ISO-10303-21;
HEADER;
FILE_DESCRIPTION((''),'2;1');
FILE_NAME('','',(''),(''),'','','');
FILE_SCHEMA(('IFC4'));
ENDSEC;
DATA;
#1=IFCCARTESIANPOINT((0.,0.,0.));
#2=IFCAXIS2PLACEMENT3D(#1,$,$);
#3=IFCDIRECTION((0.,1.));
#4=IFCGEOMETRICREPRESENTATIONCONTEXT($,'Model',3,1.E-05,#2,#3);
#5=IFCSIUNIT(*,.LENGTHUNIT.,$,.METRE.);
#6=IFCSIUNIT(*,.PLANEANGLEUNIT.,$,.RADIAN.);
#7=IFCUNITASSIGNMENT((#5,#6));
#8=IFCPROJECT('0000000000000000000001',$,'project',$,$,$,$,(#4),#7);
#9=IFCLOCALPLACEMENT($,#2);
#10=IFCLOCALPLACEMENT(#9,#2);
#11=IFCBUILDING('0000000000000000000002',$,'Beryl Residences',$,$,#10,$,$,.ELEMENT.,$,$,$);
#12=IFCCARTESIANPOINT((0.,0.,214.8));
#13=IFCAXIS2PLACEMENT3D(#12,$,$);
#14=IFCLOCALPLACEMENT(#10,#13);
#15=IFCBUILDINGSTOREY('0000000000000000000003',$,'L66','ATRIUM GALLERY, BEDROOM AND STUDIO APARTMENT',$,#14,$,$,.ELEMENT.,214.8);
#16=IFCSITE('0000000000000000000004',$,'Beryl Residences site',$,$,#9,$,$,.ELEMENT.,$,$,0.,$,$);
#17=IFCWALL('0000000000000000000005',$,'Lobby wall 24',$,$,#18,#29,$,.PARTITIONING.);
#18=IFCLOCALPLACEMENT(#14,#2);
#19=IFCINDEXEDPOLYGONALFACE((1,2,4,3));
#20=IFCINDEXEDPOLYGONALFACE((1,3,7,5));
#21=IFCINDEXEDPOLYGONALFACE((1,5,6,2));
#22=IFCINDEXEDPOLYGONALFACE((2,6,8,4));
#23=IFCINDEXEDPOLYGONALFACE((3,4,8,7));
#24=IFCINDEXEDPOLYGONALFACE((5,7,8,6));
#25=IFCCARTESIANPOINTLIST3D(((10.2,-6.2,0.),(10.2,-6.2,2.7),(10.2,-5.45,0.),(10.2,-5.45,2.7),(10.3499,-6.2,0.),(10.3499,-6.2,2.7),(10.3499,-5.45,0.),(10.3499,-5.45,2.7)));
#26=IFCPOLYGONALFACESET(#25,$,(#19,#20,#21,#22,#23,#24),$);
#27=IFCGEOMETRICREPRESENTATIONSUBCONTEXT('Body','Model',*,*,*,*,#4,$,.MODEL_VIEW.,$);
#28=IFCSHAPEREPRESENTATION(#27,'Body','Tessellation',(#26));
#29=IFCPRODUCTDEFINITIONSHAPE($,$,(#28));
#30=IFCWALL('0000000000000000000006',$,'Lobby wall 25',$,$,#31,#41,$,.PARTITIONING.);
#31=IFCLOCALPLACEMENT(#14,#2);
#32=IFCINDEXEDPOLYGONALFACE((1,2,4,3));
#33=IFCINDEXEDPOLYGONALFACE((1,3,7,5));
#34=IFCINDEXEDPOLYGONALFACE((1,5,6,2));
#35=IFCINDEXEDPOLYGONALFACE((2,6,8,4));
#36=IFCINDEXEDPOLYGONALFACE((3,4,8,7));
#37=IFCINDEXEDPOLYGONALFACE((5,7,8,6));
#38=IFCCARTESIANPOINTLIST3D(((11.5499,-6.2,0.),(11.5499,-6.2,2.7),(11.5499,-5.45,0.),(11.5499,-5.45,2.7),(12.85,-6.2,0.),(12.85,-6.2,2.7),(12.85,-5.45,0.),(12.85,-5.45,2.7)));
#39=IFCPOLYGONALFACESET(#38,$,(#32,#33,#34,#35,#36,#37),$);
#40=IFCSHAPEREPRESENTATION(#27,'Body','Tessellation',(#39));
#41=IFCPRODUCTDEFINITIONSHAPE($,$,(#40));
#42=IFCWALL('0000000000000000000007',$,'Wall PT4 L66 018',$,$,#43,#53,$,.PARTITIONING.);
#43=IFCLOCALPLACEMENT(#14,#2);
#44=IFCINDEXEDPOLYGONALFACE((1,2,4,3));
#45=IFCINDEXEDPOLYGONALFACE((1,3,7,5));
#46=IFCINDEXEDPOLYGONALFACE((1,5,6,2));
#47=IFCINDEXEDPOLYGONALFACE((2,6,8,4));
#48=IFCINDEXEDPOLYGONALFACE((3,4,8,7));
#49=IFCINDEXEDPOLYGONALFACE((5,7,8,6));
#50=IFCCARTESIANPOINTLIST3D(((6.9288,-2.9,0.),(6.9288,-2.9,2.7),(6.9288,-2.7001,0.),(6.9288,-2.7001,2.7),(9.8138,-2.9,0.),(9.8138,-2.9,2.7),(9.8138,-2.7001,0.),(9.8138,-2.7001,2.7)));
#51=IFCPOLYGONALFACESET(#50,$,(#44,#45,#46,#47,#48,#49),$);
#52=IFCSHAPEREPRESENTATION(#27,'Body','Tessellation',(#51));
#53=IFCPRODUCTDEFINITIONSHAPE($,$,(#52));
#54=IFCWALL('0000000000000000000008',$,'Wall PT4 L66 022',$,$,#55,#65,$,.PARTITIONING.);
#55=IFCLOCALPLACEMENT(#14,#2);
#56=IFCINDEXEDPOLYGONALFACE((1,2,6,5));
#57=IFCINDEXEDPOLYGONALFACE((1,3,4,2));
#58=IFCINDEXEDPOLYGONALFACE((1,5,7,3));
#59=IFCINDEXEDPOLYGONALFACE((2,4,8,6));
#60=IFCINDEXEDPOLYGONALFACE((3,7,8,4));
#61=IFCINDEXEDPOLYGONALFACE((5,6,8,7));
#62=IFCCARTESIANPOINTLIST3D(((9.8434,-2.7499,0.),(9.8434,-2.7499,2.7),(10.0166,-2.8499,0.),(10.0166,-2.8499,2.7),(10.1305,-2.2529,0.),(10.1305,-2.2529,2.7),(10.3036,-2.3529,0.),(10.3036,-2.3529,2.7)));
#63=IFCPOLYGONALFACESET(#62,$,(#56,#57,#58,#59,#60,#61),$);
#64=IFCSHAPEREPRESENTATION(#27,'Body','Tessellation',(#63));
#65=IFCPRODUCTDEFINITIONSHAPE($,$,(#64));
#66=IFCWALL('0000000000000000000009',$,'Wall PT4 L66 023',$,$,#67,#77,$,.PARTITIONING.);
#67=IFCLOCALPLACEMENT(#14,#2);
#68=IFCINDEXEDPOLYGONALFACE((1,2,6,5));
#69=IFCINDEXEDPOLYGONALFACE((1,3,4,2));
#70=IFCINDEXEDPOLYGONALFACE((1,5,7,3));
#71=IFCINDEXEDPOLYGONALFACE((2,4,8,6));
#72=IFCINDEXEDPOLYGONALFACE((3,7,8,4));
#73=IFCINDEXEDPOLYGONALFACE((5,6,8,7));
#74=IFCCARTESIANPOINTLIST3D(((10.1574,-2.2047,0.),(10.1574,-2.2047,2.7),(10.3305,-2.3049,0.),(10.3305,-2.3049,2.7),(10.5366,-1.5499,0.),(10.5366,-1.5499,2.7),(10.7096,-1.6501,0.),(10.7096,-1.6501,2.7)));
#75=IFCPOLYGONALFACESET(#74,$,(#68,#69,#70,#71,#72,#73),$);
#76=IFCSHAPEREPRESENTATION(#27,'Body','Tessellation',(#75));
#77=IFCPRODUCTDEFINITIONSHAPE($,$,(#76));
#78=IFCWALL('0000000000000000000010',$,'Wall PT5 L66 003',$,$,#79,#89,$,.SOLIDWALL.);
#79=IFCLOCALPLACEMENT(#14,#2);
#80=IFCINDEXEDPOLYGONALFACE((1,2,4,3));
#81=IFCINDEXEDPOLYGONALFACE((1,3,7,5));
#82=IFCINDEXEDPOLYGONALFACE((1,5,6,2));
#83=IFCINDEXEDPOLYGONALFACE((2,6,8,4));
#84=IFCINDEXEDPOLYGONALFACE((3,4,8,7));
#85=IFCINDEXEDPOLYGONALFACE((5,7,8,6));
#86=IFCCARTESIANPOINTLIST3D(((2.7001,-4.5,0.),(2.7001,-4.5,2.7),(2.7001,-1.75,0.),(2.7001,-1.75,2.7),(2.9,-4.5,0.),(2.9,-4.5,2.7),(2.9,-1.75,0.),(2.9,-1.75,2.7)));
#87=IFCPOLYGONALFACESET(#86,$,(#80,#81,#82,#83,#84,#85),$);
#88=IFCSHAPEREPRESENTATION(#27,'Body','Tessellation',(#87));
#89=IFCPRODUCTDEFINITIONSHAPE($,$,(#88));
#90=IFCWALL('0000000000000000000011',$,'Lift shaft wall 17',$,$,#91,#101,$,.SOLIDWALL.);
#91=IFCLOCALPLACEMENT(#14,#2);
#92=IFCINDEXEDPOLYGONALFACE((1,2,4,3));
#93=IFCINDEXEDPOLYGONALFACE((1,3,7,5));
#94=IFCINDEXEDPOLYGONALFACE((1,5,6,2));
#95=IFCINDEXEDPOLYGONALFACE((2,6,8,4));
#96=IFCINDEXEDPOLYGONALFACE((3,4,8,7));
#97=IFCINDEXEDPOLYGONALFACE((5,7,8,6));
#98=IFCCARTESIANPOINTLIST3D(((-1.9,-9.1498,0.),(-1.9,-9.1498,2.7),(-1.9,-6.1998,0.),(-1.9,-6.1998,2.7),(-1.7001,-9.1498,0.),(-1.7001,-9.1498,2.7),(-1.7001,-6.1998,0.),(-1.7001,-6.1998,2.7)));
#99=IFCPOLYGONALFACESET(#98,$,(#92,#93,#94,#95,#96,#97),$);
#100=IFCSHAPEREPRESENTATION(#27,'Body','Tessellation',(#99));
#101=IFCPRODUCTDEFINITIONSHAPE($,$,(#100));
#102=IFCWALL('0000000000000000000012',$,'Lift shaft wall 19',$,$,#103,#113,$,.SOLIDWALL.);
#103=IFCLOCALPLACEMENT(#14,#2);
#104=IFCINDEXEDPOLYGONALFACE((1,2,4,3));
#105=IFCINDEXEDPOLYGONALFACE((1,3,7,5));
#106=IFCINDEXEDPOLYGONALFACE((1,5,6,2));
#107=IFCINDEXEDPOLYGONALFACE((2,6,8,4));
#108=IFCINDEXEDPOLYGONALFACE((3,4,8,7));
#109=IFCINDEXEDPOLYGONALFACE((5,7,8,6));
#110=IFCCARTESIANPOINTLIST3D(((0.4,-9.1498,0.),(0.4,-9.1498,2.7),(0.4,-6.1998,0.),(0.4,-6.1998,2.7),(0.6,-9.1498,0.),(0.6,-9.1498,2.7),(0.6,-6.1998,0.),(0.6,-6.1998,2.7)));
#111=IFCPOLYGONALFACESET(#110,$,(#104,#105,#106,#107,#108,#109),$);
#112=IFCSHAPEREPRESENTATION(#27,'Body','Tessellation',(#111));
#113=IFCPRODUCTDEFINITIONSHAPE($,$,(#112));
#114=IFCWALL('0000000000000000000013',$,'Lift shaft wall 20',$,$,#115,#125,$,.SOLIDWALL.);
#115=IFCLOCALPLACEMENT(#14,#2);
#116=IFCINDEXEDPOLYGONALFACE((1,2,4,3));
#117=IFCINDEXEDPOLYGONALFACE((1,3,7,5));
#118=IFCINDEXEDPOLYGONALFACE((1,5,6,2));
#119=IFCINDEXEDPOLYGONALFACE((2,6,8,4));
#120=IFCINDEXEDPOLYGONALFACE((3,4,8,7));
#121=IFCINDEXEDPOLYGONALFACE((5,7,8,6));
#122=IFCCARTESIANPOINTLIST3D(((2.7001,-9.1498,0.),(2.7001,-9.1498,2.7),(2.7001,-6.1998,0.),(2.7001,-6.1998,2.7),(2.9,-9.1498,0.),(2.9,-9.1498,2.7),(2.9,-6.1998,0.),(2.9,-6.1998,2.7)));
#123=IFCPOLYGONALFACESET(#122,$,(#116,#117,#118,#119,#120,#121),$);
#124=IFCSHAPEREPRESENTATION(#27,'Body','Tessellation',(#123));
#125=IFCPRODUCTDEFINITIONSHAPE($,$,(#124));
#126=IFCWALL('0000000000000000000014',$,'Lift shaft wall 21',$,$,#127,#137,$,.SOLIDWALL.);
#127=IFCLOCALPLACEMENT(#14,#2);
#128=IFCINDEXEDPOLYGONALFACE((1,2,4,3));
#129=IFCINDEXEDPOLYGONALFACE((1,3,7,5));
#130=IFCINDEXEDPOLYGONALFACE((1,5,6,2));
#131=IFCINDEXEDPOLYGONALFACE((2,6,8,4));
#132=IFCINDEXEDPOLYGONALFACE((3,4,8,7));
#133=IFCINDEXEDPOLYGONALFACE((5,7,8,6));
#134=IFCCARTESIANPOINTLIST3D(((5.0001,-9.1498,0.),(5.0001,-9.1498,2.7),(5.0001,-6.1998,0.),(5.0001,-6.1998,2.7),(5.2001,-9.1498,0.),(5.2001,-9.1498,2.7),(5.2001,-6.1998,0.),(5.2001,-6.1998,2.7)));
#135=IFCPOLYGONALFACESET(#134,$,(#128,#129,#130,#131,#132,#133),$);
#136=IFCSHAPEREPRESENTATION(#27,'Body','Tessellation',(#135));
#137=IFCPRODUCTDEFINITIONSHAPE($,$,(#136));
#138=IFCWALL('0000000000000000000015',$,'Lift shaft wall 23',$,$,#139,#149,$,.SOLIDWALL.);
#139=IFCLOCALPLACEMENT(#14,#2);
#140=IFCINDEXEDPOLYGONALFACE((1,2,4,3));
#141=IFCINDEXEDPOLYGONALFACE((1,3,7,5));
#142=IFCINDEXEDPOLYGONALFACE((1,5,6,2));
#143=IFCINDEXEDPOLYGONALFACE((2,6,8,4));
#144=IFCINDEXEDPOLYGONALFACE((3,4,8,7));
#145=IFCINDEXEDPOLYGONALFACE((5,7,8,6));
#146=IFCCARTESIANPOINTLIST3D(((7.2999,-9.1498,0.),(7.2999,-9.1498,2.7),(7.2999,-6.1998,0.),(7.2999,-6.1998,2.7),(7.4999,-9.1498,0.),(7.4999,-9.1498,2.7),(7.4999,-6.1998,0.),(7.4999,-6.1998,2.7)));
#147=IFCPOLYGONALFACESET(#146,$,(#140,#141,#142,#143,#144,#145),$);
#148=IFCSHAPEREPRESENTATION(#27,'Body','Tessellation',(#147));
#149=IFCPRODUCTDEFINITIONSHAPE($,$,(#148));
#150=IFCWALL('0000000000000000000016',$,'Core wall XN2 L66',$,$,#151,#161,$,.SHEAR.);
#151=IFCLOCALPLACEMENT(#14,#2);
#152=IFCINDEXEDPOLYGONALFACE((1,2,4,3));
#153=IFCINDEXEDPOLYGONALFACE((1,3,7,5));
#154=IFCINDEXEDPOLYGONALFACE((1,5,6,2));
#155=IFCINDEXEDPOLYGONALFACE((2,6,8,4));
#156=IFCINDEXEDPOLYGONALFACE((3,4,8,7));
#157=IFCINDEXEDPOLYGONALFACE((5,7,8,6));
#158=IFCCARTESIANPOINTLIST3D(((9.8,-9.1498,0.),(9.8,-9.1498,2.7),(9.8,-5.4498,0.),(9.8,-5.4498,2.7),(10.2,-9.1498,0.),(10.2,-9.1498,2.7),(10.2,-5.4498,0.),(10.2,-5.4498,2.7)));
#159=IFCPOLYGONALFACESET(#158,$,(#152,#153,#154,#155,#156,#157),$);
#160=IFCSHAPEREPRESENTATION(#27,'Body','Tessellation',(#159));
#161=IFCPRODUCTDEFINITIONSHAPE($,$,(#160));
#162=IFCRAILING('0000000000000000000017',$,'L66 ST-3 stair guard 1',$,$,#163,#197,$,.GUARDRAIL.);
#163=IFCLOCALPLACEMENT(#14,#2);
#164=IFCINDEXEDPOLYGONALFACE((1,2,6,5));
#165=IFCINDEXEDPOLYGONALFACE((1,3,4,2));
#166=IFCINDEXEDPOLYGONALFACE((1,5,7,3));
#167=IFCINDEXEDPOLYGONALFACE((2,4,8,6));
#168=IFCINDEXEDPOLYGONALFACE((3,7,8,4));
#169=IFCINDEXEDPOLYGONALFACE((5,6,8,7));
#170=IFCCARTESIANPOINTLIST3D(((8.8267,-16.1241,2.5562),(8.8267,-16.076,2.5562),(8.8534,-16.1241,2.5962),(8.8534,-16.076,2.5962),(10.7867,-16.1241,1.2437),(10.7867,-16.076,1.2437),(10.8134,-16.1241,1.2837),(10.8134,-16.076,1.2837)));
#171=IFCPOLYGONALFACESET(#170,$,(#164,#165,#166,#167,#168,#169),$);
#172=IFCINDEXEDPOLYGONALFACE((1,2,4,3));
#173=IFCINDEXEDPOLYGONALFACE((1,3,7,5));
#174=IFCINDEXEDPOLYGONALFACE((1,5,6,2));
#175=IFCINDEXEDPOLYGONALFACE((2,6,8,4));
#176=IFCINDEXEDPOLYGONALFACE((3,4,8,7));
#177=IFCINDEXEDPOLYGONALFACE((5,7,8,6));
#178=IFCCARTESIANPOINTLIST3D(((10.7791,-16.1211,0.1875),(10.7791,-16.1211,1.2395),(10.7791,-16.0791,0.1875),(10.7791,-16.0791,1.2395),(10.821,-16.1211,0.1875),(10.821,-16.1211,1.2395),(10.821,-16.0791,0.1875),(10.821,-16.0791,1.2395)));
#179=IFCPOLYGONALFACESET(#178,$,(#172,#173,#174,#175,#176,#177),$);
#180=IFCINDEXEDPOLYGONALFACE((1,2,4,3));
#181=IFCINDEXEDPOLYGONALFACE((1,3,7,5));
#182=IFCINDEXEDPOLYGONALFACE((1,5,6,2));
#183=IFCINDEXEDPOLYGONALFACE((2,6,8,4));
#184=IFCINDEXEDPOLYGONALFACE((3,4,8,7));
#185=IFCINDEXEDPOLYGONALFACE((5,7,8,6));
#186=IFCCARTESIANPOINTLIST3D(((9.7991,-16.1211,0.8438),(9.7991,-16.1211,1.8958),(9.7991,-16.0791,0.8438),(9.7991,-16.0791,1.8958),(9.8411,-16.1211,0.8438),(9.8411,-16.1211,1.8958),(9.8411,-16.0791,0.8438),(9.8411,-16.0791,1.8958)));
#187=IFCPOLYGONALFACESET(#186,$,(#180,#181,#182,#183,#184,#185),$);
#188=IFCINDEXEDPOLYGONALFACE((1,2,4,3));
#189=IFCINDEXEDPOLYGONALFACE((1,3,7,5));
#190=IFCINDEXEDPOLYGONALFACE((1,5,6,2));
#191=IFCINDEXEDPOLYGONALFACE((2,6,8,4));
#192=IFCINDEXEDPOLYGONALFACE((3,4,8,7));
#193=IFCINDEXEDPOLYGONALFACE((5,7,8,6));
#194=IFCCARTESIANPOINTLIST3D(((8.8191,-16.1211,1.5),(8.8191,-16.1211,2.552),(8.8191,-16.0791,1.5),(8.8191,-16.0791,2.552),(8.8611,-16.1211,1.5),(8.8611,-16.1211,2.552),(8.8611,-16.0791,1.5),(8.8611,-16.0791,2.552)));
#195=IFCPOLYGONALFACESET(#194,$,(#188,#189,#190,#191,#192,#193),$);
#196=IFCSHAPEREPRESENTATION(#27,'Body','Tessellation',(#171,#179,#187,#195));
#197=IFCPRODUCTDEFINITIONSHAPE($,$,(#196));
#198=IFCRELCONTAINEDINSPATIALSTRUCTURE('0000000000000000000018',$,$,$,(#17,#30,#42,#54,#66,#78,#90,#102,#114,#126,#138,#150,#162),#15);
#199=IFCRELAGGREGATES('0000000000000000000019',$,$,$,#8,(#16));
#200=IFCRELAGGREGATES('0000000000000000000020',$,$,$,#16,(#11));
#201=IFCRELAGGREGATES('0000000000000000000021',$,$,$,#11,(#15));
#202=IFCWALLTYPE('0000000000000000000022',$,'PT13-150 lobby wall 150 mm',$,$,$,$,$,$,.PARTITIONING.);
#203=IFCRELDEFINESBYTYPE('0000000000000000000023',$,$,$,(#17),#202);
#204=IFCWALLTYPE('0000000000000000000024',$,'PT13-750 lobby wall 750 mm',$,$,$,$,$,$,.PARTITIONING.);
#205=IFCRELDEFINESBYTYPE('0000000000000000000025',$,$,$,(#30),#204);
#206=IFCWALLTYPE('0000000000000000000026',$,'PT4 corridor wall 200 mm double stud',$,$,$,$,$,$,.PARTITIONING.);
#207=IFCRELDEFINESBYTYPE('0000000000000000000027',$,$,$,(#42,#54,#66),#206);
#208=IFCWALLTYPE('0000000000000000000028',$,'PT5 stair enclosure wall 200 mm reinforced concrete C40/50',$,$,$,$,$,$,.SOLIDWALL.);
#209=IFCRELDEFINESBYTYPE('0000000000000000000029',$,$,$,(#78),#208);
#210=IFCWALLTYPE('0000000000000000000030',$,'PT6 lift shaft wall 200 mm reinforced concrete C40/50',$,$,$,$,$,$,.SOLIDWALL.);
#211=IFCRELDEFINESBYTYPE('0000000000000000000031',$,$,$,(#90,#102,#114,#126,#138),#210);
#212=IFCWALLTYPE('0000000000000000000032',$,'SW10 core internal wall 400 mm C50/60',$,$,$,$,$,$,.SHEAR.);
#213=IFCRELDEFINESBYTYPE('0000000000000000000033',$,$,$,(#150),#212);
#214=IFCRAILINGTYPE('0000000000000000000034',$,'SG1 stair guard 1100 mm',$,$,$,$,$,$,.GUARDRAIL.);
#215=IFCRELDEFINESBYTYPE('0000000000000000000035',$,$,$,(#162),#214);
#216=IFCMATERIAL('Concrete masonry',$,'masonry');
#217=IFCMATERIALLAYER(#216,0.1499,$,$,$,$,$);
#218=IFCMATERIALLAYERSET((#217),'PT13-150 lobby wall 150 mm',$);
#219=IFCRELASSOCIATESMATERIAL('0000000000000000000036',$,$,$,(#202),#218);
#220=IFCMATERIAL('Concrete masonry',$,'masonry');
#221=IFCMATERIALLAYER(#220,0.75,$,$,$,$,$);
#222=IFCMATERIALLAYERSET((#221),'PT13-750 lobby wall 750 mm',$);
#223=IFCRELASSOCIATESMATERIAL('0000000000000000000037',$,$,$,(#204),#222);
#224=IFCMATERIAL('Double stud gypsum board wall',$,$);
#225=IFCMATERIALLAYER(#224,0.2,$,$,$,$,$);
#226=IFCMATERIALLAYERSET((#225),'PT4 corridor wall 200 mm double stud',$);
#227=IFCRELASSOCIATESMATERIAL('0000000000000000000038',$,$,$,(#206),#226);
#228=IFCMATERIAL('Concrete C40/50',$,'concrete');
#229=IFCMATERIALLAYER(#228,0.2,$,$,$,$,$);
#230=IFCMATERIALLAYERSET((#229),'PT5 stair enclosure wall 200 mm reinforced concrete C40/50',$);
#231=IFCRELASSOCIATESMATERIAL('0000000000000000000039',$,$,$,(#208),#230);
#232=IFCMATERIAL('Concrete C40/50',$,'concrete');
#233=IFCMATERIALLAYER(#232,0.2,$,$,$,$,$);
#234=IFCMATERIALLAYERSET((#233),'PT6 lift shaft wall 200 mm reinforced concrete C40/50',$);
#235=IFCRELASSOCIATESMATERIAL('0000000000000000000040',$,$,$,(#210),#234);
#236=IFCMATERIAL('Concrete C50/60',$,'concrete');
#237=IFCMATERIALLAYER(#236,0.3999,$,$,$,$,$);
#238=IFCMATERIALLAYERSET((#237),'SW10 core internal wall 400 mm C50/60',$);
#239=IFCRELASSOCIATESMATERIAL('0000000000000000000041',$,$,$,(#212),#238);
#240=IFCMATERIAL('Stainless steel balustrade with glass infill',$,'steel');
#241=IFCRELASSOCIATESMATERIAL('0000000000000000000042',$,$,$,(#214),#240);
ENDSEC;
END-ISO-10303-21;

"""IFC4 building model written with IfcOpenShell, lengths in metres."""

from ifc_helpers import new_model, si_unit, direction, frame, frame_2d, origin, origin_2d, place, context, subcontext, project, spatial, rectangle, extrude, material, layer, layer_set, type_object, element, save


model = new_model("IFC4")

# Units and contexts
model_context = context("Model", 3, precision=1e-05, world=origin(), true_north=direction((0.0, 1.0)))
body_context = subcontext(model_context, "Body", "Model", "MODEL_VIEW")
ifc_project = project(units=[si_unit("LENGTHUNIT", "METRE"), si_unit("PLANEANGLEUNIT", "RADIAN")], contexts=[model_context])

# Site, building, storey
site_placement = place(None, origin())
site = spatial("IfcSite", under=ifc_project, at=site_placement, Name="Beryl Residences site", CompositionType="ELEMENT", RefElevation=0.0)
building_placement = place(site_placement, origin())
building = spatial("IfcBuilding", under=site, at=building_placement, Name="Beryl Residences", CompositionType="ELEMENT")
storey_placement = place(building_placement, frame((0.0, 0.0, 214.8)))
storey = spatial("IfcBuildingStorey", under=building, at=storey_placement, Name="L66", Description="ATRIUM GALLERY, BEDROOM AND STUDIO APARTMENT", CompositionType="ELEMENT", Elevation=214.8)

# Walls
ifc_material_1 = material(Name="Concrete masonry", Category="masonry")
ifc_layer_1 = layer(ifc_material_1, 0.1499)
ifc_layer_set_1 = layer_set([ifc_layer_1], Name="PT13-150 lobby wall 150 mm")
wall_type_1 = type_object("IfcWallType", Name="PT13-150 lobby wall 150 mm", PredefinedType="PARTITIONING", material=ifc_layer_set_1)
wall_1_placement = place(storey_placement, frame((10.2749, -6.2, 0.0), z_axis=(0.0, 0.0, 1.0), x_axis=(0.0, 1.0, 0.0)))
element("IfcWall", 1, at=wall_1_placement, inside=storey, type_object=wall_type_1, Name="Lobby wall 24", PredefinedType="PARTITIONING", context=body_context, shape_type="SweptSolid", body=[
    extrude(rectangle(XDim=0.75, YDim=0.1499, at=frame_2d((0.375, 0.0))), origin(), (0.0, 0.0, 1.0), 2.7),
])
ifc_material_2 = material(Name="Concrete masonry", Category="masonry")
ifc_layer_2 = layer(ifc_material_2, 0.75)
ifc_layer_set_2 = layer_set([ifc_layer_2], Name="PT13-750 lobby wall 750 mm")
wall_type_2 = type_object("IfcWallType", Name="PT13-750 lobby wall 750 mm", PredefinedType="PARTITIONING", material=ifc_layer_set_2)
wall_2_placement = place(storey_placement, frame((11.55, -5.825, 0.0), z_axis=(0.0, 0.0, 1.0), x_axis=(1.0, 0.0, 0.0)))
element("IfcWall", 2, at=wall_2_placement, inside=storey, type_object=wall_type_2, Name="Lobby wall 25", PredefinedType="PARTITIONING", context=body_context, shape_type="SweptSolid", body=[
    extrude(rectangle(XDim=1.3, YDim=0.75, at=frame_2d((0.6499, 0.0))), origin(), (0.0, 0.0, 1.0), 2.7),
])
ifc_material_3 = material(Name="Double stud gypsum board wall")
ifc_layer_3 = layer(ifc_material_3, 0.2)
ifc_layer_set_3 = layer_set([ifc_layer_3], Name="PT4 corridor wall 200 mm double stud")
wall_type_3 = type_object("IfcWallType", Name="PT4 corridor wall 200 mm double stud", PredefinedType="PARTITIONING", material=ifc_layer_set_3)
wall_3_placement = place(storey_placement, frame((6.929, -2.8, 0.0), z_axis=(0.0, 0.0, 1.0), x_axis=(1.0, 0.0, 0.0)))
element("IfcWall", 3, at=wall_3_placement, inside=storey, type_object=wall_type_3, Name="Wall PT4 L66 018", PredefinedType="PARTITIONING", context=body_context, shape_type="SweptSolid", body=[
    extrude(rectangle(XDim=2.885, YDim=0.2, at=frame_2d((1.4424, 0.0))), origin(), (0.0, 0.0, 1.0), 2.7),
])
wall_4_placement = place(storey_placement, frame((9.9299, -2.8, 0.0), z_axis=(0.0, 0.0, 1.0), x_axis=(0.500164, 0.865931, 0.0)))
element("IfcWall", 4, at=wall_4_placement, inside=storey, type_object=wall_type_3, Name="Wall PT4 L66 022", PredefinedType="PARTITIONING", context=body_context, shape_type="SweptSolid", body=[
    extrude(rectangle(XDim=0.574, YDim=0.2, at=frame_2d((0.2871, 0.0))), origin(), (0.0, 0.0, 1.0), 2.7),
])
wall_5_placement = place(storey_placement, frame((10.2439, -2.2549, 0.0), z_axis=(0.0, 0.0, 1.0), x_axis=(0.5011, 0.865389, 0.0)))
element("IfcWall", 5, at=wall_5_placement, inside=storey, type_object=wall_type_3, Name="Wall PT4 L66 023", PredefinedType="PARTITIONING", context=body_context, shape_type="SweptSolid", body=[
    extrude(rectangle(XDim=0.7566, YDim=0.2, at=frame_2d((0.3784, 0.0))), origin(), (0.0, 0.0, 1.0), 2.7),
])
ifc_material_4 = material(Name="Concrete C40/50", Category="concrete")
ifc_layer_4 = layer(ifc_material_4, 0.2)
ifc_layer_set_4 = layer_set([ifc_layer_4], Name="PT5 stair enclosure wall 200 mm reinforced concrete C40/50")
wall_type_4 = type_object("IfcWallType", Name="PT5 stair enclosure wall 200 mm reinforced concrete C40/50", PredefinedType="SOLIDWALL", material=ifc_layer_set_4)
wall_6_placement = place(storey_placement, frame((2.8, -4.5, 0.0), z_axis=(0.0, 0.0, 1.0), x_axis=(0.0, 1.0, 0.0)))
element("IfcWall", 6, at=wall_6_placement, inside=storey, type_object=wall_type_4, Name="Wall PT5 L66 003", PredefinedType="SOLIDWALL", context=body_context, shape_type="SweptSolid", body=[
    extrude(rectangle(XDim=2.75, YDim=0.2, at=frame_2d((1.375, 0.0))), origin(), (0.0, 0.0, 1.0), 2.7),
])
ifc_material_5 = material(Name="Concrete C40/50", Category="concrete")
ifc_layer_5 = layer(ifc_material_5, 0.2)
ifc_layer_set_5 = layer_set([ifc_layer_5], Name="PT6 lift shaft wall 200 mm reinforced concrete C40/50")
wall_type_5 = type_object("IfcWallType", Name="PT6 lift shaft wall 200 mm reinforced concrete C40/50", PredefinedType="SOLIDWALL", material=ifc_layer_set_5)
for number, where, z_axis, x_axis, name in (
    (7, (-1.8, -9.1499, 0.0), (0.0, 0.0, 1.0), (0.0, 1.0, 0.0), "Lift shaft wall 17"),
    (8, (0.5, -9.1499, 0.0), (0.0, 0.0, 1.0), (0.0, 1.0, 0.0), "Lift shaft wall 19"),
    (9, (2.8, -9.1499, 0.0), (0.0, 0.0, 1.0), (0.0, 1.0, 0.0), "Lift shaft wall 20"),
    (10, (5.1001, -9.1499, 0.0), (0.0, 0.0, 1.0), (0.0, 1.0, 0.0), "Lift shaft wall 21"),
    (11, (7.3999, -9.1499, 0.0), (0.0, 0.0, 1.0), (0.0, 1.0, 0.0), "Lift shaft wall 23"),
):
    element("IfcWall", number, at=place(storey_placement, frame(where, z_axis=z_axis, x_axis=x_axis)), inside=storey, type_object=wall_type_5, Name=name, PredefinedType="SOLIDWALL", context=body_context, shape_type="SweptSolid", body=[
        extrude(rectangle(XDim=2.95, YDim=0.2, at=frame_2d((1.4751, 0.0))), origin(), (0.0, 0.0, 1.0), 2.7),
    ])
ifc_material_6 = material(Name="Concrete C50/60", Category="concrete")
ifc_layer_6 = layer(ifc_material_6, 0.3999)
ifc_layer_set_6 = layer_set([ifc_layer_6], Name="SW10 core internal wall 400 mm C50/60")
wall_type_6 = type_object("IfcWallType", Name="SW10 core internal wall 400 mm C50/60", PredefinedType="SHEAR", material=ifc_layer_set_6)
wall_7_placement = place(storey_placement, frame((10.0, -9.1499, 0.0), z_axis=(0.0, 0.0, 1.0), x_axis=(0.0, 1.0, 0.0)))
element("IfcWall", 12, at=wall_7_placement, inside=storey, type_object=wall_type_6, Name="Core wall XN2 L66", PredefinedType="SHEAR", context=body_context, shape_type="SweptSolid", body=[
    extrude(rectangle(XDim=3.7, YDim=0.3999, at=frame_2d((1.8501, 0.0))), origin(), (0.0, 0.0, 1.0), 2.7),
])

# Railing
ifc_material_7 = material(Name="Stainless steel balustrade with glass infill", Category="steel")
railing_type_1 = type_object("IfcRailingType", Name="SG1 stair guard 1100 mm", PredefinedType="GUARDRAIL", material=ifc_material_7)
railing_1_placement = place(storey_placement, frame((10.8, -16.1001, 0.1875)))
element("IfcRailing", 13, at=railing_1_placement, inside=storey, type_object=railing_type_1, Name="L66 ST-3 stair guard 1", PredefinedType="GUARDRAIL", context=body_context, shape_type="SweptSolid", body=[
    extrude(rectangle(XDim=0.0481, YDim=0.0481, at=origin_2d()), frame((0.0, 0.0, 1.0762), z_axis=(-0.830902, 0.0, 0.556419), x_axis=(0.0, -1.0, 0.0)), (0.0, 0.0, 1.0), 2.3589),
    extrude(rectangle(XDim=0.042, YDim=0.042, at=origin_2d()), origin(), (0.0, 0.0, 1.0), 1.052),
    extrude(rectangle(XDim=0.042, YDim=0.042, at=origin_2d()), frame((-0.98, 0.0, 0.6562)), (0.0, 0.0, 1.0), 1.052),
    extrude(rectangle(XDim=0.042, YDim=0.042, at=origin_2d()), frame((-1.96, 0.0, 1.3125)), (0.0, 0.0, 1.0), 1.052),
])

save(model, "model.ifc")
